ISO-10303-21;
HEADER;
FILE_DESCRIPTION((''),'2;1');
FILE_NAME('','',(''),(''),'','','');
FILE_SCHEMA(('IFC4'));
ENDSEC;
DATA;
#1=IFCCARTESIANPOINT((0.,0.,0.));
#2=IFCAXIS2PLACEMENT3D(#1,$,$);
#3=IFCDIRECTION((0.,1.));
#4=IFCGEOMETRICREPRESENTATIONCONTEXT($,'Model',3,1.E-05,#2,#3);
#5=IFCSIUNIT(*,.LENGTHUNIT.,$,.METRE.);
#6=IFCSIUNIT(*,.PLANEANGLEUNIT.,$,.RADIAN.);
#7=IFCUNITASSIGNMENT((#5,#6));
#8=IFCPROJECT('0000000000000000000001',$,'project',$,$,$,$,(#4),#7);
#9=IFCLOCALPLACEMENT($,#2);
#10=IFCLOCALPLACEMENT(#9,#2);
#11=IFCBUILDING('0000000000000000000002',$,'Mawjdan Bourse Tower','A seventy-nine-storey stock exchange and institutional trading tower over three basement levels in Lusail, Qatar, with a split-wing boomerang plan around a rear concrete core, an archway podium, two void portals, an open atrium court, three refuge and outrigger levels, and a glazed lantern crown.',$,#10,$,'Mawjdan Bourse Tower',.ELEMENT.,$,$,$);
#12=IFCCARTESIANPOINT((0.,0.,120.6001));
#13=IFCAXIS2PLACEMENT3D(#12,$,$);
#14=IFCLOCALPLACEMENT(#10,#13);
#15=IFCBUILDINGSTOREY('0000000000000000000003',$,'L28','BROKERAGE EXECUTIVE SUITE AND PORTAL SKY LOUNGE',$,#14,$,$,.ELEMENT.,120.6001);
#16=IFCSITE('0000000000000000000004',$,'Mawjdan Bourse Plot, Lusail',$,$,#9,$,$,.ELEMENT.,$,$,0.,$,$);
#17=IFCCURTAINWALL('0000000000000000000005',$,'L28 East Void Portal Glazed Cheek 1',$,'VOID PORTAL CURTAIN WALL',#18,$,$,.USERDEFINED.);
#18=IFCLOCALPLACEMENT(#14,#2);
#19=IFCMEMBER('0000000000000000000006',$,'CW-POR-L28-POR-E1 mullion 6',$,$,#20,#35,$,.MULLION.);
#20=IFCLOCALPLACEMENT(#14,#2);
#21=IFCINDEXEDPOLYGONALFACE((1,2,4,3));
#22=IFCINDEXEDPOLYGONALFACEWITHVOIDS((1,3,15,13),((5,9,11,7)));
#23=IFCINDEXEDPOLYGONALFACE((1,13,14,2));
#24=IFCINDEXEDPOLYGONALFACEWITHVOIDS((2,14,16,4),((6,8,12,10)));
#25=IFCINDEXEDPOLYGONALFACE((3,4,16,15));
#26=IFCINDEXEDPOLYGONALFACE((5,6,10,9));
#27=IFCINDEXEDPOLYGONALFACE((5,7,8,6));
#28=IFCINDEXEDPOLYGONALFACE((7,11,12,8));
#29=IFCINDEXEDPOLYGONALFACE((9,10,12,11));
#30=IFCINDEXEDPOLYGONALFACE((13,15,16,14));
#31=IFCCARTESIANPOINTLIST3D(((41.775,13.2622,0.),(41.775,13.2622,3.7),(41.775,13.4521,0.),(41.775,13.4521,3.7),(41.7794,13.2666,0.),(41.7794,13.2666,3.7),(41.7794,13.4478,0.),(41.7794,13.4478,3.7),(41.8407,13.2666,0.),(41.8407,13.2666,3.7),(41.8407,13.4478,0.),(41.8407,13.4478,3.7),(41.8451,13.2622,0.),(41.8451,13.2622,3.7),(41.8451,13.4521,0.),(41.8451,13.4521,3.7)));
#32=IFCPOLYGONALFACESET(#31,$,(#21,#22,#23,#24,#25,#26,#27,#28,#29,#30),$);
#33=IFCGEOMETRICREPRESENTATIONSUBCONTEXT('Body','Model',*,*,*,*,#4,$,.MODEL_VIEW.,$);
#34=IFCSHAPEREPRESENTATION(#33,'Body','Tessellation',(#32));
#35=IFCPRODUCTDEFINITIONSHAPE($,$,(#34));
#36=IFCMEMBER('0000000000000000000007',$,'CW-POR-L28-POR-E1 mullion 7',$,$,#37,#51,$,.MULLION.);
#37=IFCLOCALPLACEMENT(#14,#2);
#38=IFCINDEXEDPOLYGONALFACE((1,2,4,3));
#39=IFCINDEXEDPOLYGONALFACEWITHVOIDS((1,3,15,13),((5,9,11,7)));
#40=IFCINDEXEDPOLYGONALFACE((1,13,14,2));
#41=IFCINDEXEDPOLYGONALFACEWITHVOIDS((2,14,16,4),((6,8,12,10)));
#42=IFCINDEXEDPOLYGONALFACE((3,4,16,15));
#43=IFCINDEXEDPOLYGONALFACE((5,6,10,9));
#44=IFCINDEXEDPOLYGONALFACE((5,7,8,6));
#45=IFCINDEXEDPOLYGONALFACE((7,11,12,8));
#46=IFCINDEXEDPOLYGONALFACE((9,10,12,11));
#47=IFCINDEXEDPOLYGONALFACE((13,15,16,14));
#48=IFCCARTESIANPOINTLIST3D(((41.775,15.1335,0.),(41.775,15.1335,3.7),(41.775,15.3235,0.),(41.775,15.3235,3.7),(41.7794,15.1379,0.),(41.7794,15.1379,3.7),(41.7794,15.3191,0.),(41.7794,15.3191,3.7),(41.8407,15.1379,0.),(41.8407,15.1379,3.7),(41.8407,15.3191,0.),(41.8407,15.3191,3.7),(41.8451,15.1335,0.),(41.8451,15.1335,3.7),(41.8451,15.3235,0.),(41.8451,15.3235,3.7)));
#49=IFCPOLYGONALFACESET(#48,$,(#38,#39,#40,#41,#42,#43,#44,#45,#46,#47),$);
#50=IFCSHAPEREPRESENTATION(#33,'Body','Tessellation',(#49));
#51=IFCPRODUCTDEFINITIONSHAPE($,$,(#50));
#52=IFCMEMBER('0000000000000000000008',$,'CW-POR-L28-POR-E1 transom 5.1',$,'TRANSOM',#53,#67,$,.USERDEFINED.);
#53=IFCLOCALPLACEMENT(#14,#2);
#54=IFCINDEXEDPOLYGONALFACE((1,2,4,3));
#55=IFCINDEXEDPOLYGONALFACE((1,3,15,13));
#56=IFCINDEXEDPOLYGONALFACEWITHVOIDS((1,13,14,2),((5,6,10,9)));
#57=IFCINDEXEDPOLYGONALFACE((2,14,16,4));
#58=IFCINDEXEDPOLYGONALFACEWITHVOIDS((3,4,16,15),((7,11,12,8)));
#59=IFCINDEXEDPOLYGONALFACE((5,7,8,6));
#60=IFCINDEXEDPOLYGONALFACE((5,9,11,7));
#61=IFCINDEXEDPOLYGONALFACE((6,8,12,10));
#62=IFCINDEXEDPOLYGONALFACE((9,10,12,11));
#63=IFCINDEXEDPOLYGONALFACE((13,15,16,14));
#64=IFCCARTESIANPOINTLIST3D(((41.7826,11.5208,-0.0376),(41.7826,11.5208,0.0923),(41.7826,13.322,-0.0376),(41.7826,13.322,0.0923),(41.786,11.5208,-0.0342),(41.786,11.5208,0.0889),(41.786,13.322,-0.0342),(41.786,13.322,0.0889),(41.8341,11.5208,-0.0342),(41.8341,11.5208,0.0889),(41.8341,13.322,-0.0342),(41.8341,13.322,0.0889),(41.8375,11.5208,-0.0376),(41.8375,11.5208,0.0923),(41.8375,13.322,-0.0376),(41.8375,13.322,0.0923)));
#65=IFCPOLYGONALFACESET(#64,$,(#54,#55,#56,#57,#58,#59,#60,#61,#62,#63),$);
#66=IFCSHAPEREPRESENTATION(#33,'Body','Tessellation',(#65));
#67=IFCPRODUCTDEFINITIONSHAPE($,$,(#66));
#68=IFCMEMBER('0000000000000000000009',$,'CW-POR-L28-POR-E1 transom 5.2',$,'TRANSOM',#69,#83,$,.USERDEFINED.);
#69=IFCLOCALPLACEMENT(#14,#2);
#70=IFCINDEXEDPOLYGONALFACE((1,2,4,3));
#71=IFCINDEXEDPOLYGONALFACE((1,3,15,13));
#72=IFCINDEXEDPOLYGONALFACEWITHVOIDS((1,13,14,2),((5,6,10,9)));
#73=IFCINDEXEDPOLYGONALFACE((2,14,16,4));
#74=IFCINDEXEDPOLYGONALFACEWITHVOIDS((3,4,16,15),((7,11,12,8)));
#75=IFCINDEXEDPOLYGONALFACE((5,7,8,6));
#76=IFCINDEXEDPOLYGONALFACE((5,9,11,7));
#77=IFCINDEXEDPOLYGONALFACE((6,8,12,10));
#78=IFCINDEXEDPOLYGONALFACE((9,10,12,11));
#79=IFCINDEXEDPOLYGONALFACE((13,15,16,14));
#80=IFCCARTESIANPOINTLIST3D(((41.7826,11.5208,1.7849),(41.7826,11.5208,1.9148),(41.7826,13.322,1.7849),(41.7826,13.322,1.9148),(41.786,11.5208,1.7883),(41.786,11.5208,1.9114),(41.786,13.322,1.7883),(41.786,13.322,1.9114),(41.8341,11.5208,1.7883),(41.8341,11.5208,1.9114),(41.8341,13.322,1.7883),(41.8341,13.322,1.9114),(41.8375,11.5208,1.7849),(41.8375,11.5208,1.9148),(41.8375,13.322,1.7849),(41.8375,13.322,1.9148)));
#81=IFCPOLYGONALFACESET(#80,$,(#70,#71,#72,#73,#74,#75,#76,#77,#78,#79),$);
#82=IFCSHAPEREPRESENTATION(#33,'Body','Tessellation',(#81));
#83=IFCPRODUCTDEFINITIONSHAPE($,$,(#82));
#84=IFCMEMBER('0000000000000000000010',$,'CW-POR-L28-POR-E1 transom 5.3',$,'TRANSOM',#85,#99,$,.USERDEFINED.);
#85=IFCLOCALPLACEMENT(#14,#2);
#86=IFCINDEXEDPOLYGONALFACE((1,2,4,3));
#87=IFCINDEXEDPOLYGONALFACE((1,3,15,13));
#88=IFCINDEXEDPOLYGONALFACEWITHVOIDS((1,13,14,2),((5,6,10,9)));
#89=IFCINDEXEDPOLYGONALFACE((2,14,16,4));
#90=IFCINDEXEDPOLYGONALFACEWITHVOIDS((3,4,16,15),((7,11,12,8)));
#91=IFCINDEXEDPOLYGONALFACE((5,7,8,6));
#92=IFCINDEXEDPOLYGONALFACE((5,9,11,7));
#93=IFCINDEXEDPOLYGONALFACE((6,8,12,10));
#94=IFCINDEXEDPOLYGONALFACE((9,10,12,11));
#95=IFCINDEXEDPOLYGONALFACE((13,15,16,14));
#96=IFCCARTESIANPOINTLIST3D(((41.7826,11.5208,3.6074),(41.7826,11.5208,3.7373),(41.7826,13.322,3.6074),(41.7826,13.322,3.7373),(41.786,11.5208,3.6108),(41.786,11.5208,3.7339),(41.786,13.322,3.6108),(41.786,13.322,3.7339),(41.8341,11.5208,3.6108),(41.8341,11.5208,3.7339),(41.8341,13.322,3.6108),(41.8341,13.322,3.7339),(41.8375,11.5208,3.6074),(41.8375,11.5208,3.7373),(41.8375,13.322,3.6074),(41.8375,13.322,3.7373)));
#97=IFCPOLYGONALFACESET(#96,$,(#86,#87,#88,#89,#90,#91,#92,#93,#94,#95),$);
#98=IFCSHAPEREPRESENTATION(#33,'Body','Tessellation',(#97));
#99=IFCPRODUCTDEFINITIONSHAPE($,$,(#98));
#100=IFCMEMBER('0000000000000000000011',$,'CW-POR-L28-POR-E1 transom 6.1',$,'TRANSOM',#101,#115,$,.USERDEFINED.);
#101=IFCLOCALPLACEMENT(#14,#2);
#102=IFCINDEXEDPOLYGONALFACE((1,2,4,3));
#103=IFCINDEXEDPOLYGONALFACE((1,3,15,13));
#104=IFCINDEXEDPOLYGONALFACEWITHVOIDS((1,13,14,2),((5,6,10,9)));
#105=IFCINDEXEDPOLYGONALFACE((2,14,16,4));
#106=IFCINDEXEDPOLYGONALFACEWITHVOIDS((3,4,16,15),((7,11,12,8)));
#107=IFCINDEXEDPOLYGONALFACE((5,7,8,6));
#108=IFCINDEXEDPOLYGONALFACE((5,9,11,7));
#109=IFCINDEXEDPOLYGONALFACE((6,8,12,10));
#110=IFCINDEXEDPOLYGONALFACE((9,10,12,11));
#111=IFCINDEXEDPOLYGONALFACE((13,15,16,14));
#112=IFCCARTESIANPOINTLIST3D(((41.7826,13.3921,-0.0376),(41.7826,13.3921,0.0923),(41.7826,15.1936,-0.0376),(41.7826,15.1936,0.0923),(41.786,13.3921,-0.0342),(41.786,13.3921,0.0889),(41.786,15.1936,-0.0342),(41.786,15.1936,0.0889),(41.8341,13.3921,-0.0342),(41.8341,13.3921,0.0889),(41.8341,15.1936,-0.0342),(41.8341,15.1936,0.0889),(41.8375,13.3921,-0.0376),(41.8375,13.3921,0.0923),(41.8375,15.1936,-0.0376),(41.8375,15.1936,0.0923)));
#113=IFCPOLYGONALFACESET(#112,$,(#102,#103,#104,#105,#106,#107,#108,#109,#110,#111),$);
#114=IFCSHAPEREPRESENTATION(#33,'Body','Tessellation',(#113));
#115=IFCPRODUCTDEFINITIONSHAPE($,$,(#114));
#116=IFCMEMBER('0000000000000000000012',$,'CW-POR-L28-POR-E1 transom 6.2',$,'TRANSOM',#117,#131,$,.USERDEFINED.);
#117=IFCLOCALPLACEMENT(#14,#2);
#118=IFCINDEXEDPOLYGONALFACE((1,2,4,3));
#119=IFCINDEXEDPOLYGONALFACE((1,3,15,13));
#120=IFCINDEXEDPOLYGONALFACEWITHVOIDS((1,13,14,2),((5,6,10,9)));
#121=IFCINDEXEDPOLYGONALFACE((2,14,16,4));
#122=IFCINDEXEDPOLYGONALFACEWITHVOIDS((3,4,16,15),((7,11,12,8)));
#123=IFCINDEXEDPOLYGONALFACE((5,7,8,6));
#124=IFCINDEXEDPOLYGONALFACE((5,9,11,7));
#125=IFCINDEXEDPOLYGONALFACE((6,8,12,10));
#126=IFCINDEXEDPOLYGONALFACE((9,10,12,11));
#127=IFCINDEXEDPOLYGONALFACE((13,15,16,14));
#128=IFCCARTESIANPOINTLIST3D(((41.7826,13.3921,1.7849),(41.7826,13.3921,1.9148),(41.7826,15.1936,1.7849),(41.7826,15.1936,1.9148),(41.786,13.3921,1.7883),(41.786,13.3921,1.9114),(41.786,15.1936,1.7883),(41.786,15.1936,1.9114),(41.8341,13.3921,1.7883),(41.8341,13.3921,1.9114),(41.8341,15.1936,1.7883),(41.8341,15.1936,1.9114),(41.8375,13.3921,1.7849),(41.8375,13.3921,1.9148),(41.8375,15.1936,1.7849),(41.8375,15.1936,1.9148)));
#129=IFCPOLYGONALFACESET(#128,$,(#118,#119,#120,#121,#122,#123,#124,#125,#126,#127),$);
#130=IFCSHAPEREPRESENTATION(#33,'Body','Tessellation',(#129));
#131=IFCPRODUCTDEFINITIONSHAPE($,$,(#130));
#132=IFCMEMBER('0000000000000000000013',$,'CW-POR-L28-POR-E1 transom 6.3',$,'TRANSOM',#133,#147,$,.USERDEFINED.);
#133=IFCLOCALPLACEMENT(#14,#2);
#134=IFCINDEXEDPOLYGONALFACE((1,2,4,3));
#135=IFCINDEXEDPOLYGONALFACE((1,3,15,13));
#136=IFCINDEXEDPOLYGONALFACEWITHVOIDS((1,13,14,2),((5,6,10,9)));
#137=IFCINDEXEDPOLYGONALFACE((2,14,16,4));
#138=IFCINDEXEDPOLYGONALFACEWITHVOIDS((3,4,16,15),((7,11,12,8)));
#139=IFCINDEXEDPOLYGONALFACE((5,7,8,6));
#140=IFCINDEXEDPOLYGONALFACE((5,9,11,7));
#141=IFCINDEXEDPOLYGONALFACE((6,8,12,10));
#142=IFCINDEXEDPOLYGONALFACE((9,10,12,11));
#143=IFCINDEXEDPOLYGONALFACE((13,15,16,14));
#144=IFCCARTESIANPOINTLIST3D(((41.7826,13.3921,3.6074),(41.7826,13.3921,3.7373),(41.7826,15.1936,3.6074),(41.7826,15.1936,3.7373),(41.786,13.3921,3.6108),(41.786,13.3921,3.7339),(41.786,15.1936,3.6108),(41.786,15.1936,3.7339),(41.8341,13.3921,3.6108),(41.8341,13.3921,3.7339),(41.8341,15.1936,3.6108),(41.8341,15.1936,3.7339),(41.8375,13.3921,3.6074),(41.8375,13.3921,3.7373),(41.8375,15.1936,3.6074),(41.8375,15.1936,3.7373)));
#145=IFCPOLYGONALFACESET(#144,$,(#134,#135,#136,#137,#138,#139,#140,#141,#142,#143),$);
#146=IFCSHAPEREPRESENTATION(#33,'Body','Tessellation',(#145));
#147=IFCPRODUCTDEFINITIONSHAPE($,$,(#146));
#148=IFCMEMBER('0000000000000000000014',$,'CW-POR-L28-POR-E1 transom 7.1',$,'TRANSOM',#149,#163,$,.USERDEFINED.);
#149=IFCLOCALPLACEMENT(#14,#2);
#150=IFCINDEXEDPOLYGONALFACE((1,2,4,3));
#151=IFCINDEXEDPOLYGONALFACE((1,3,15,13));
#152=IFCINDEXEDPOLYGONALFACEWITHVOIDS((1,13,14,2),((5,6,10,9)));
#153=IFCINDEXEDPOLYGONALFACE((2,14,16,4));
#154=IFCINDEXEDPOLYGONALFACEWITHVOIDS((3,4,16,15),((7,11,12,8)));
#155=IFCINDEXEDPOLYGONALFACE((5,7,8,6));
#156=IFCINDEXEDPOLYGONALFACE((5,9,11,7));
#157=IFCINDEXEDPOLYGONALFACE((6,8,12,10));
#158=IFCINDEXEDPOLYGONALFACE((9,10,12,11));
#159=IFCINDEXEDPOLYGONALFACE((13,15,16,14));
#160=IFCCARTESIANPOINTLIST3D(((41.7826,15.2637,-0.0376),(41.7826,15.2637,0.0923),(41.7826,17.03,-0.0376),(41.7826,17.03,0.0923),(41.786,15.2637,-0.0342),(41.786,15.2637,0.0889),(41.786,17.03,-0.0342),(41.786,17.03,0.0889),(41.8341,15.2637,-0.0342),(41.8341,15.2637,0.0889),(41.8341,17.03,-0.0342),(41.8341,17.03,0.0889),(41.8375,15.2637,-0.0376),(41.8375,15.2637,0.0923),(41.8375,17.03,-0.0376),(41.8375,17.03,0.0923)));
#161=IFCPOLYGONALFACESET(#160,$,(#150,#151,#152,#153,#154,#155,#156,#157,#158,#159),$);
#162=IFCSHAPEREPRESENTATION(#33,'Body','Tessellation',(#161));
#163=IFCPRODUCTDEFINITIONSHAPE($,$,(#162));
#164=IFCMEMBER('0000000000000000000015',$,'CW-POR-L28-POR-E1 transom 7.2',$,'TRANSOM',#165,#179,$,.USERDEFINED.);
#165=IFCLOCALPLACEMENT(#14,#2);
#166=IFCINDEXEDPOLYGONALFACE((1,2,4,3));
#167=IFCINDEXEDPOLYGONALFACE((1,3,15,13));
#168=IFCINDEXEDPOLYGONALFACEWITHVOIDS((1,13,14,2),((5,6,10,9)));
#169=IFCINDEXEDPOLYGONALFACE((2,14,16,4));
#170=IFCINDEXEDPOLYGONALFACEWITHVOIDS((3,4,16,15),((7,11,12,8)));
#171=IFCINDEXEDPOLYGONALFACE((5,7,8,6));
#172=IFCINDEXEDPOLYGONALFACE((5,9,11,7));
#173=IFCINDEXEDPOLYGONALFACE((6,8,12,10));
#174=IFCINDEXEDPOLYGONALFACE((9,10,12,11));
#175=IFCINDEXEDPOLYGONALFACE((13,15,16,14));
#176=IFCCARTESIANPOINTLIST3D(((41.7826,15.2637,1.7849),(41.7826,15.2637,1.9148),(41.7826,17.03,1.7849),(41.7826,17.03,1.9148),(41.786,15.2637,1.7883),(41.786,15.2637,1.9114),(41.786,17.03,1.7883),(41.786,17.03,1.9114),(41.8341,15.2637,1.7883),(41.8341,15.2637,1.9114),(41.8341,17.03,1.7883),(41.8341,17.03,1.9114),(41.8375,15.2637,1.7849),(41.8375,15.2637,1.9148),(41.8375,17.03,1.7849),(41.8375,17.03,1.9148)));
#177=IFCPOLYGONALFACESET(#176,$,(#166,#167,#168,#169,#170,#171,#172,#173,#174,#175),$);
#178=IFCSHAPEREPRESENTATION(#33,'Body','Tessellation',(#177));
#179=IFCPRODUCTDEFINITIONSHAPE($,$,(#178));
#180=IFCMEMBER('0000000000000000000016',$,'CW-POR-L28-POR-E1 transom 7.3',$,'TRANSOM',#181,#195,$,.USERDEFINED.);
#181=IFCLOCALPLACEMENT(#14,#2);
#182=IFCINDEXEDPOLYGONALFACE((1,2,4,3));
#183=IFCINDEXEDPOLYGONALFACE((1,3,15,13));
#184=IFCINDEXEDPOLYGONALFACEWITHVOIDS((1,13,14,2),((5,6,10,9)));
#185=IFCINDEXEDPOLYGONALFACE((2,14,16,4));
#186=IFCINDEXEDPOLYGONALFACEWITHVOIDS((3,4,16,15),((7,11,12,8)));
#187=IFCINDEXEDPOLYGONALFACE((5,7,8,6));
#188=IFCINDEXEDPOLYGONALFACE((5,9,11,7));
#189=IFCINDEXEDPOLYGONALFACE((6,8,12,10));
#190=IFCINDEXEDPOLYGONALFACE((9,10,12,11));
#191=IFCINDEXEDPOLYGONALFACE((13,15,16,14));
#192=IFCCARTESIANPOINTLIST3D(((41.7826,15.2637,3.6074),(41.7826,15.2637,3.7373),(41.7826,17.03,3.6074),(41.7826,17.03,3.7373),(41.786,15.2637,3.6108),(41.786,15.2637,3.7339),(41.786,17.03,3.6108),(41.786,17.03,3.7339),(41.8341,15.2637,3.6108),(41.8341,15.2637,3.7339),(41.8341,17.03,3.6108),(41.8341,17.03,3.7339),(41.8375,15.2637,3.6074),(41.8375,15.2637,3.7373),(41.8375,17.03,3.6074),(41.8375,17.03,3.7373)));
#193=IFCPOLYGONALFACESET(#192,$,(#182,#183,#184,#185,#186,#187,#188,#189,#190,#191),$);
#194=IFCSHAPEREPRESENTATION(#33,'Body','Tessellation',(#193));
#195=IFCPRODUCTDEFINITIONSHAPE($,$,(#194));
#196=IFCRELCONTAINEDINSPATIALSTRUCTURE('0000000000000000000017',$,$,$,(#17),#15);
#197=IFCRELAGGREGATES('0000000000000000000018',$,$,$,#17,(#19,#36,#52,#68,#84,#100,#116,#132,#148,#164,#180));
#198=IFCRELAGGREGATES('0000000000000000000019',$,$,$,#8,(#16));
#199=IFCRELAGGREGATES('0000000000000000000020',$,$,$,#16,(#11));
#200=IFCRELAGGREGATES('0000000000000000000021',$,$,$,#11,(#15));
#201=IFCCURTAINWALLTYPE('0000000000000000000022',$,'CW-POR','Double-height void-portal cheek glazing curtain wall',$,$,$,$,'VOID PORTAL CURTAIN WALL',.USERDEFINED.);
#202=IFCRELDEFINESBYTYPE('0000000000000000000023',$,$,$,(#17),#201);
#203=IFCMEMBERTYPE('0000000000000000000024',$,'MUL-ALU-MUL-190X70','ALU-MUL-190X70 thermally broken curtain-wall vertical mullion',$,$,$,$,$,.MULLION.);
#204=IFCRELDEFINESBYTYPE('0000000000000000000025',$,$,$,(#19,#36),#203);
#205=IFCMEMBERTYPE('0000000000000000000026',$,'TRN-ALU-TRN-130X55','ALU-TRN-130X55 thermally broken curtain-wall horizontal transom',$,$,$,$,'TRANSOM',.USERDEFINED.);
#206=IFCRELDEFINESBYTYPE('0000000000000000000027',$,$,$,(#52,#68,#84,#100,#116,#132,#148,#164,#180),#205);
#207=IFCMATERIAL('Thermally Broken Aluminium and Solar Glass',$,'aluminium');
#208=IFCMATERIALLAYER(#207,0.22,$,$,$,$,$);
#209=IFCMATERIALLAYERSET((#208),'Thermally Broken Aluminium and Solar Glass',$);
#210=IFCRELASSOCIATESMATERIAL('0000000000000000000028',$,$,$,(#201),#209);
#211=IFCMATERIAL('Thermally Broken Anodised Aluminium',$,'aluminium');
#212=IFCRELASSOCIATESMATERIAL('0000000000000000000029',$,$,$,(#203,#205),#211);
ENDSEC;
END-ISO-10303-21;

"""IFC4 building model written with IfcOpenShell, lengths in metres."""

from ifc_helpers import new_model, si_unit, direction, frame, origin, origin_2d, place, context, subcontext, project, spatial, hollow_rectangle, extrude, material, layer, layer_set, material_profile, profile_set, type_object, element, aggregate, save


model = new_model("IFC4")

# Units and contexts
model_context = context("Model", 3, precision=1e-05, world=origin(), true_north=direction((0.0, 1.0)))
body_context = subcontext(model_context, "Body", "Model", "MODEL_VIEW")
ifc_project = project(units=[si_unit("LENGTHUNIT", "METRE"), si_unit("PLANEANGLEUNIT", "RADIAN")], contexts=[model_context])

# Site, building, storey
site_placement = place(None, origin())
site = spatial("IfcSite", under=ifc_project, at=site_placement, Name="Mawjdan Bourse Plot, Lusail", CompositionType="ELEMENT", RefElevation=0.0)
building_placement = place(site_placement, origin())
building = spatial("IfcBuilding", under=site, at=building_placement, Name="Mawjdan Bourse Tower", Description="A seventy-nine-storey stock exchange and institutional trading tower over three basement levels in Lusail, Qatar, with a split-wing boomerang plan around a rear concrete core, an archway podium, two void portals, an open atrium court, three refuge and outrigger levels, and a glazed lantern crown.", LongName="Mawjdan Bourse Tower", CompositionType="ELEMENT")
storey_placement = place(building_placement, frame((0.0, 0.0, 120.6001)))
storey = spatial("IfcBuildingStorey", under=building, at=storey_placement, Name="L28", Description="BROKERAGE EXECUTIVE SUITE AND PORTAL SKY LOUNGE", CompositionType="ELEMENT", Elevation=120.6001)

# Curtain wall, members
ifc_material_1 = material(Name="Thermally Broken Aluminium and Solar Glass", Category="aluminium")
ifc_layer_1 = layer(ifc_material_1, 0.22)
ifc_layer_set_1 = layer_set([ifc_layer_1], Name="Thermally Broken Aluminium and Solar Glass")
curtain_wall_type = type_object("IfcCurtainWallType", Name="CW-POR", Description="Double-height void-portal cheek glazing curtain wall", ElementType="VOID PORTAL CURTAIN WALL", PredefinedType="USERDEFINED", material=ifc_layer_set_1)
curtain_wall_placement = place(storey_placement, origin())
curtain_wall = element("IfcCurtainWall", 1, at=curtain_wall_placement, inside=storey, type_object=curtain_wall_type, Name="L28 East Void Portal Glazed Cheek 1", ObjectType="VOID PORTAL CURTAIN WALL", PredefinedType="USERDEFINED")
ifc_material_2 = material(Name="Thermally Broken Anodised Aluminium", Category="aluminium")
ifc_material_profile_1 = material_profile(ifc_material_2, hollow_rectangle(XDim=0.0701, YDim=0.1899, WallThickness=0.0044, at=origin_2d()), Name="ALU-MUL-190X70")
ifc_profile_set_1 = profile_set([ifc_material_profile_1], Name="Thermally Broken Anodised Aluminium")
member_type_1 = type_object("IfcMemberType", Name="MUL-ALU-MUL-190X70", Description="ALU-MUL-190X70 thermally broken curtain-wall vertical mullion", PredefinedType="MULLION", material=ifc_profile_set_1)
member_1_placement = place(storey_placement, frame((41.8101, 13.3572, 0.0), z_axis=(0.0, 0.0, 1.0), x_axis=(-1.0, 0.0, 0.0)))
member_1 = element("IfcMember", 2, at=member_1_placement, type_object=member_type_1, Name="CW-POR-L28-POR-E1 mullion 6", PredefinedType="MULLION", context=body_context, shape_type="SweptSolid", body=[
    extrude(hollow_rectangle(XDim=0.0701, YDim=0.1899, WallThickness=0.0044, at=origin_2d()), origin(), (0.0, 0.0, 1.0), 3.7),
])
member_2_placement = place(storey_placement, frame((41.8101, 15.2285, 0.0), z_axis=(0.0, 0.0, 1.0), x_axis=(-1.0, 0.0, 0.0)))
member_2 = element("IfcMember", 3, at=member_2_placement, type_object=member_type_1, Name="CW-POR-L28-POR-E1 mullion 7", PredefinedType="MULLION", context=body_context, shape_type="SweptSolid", body=[
    extrude(hollow_rectangle(XDim=0.0701, YDim=0.1899, WallThickness=0.0044, at=origin_2d()), origin(), (0.0, 0.0, 1.0), 3.7),
])
ifc_material_profile_2 = material_profile(ifc_material_2, hollow_rectangle(XDim=0.0549, YDim=0.1299, WallThickness=0.0034, at=origin_2d()), Name="ALU-TRN-130X55")
ifc_profile_set_2 = profile_set([ifc_material_profile_2], Name="Thermally Broken Anodised Aluminium")
member_type_2 = type_object("IfcMemberType", Name="TRN-ALU-TRN-130X55", Description="ALU-TRN-130X55 thermally broken curtain-wall horizontal transom", ElementType="TRANSOM", PredefinedType="USERDEFINED", material=ifc_profile_set_2)
member_3_placement = place(storey_placement, frame((41.8101, 11.5208, 0.0273), z_axis=(0.0, 1.0, 0.0), x_axis=(-1.0, 0.0, 0.0)))
member_3 = element("IfcMember", 4, at=member_3_placement, type_object=member_type_2, Name="CW-POR-L28-POR-E1 transom 5.1", ObjectType="TRANSOM", PredefinedType="USERDEFINED", context=body_context, shape_type="SweptSolid", body=[
    extrude(hollow_rectangle(XDim=0.0549, YDim=0.1299, WallThickness=0.0034, at=origin_2d()), origin(), (0.0, 0.0, 1.0), 1.8013),
])
member_4_placement = place(storey_placement, frame((41.8101, 11.5208, 1.8499), z_axis=(0.0, 1.0, 0.0), x_axis=(-1.0, 0.0, 0.0)))
member_4 = element("IfcMember", 5, at=member_4_placement, type_object=member_type_2, Name="CW-POR-L28-POR-E1 transom 5.2", ObjectType="TRANSOM", PredefinedType="USERDEFINED", context=body_context, shape_type="SweptSolid", body=[
    extrude(hollow_rectangle(XDim=0.0549, YDim=0.1299, WallThickness=0.0034, at=origin_2d()), origin(), (0.0, 0.0, 1.0), 1.8013),
])
member_5_placement = place(storey_placement, frame((41.8101, 11.5208, 3.6724), z_axis=(0.0, 1.0, 0.0), x_axis=(-1.0, 0.0, 0.0)))
member_5 = element("IfcMember", 6, at=member_5_placement, type_object=member_type_2, Name="CW-POR-L28-POR-E1 transom 5.3", ObjectType="TRANSOM", PredefinedType="USERDEFINED", context=body_context, shape_type="SweptSolid", body=[
    extrude(hollow_rectangle(XDim=0.0549, YDim=0.1299, WallThickness=0.0034, at=origin_2d()), origin(), (0.0, 0.0, 1.0), 1.8013),
])
member_6_placement = place(storey_placement, frame((41.8101, 13.3921, 0.0273), z_axis=(0.0, 1.0, 0.0), x_axis=(-1.0, 0.0, 0.0)))
member_6 = element("IfcMember", 7, at=member_6_placement, type_object=member_type_2, Name="CW-POR-L28-POR-E1 transom 6.1", ObjectType="TRANSOM", PredefinedType="USERDEFINED", context=body_context, shape_type="SweptSolid", body=[
    extrude(hollow_rectangle(XDim=0.0549, YDim=0.1299, WallThickness=0.0034, at=origin_2d()), origin(), (0.0, 0.0, 1.0), 1.8015),
])
member_7_placement = place(storey_placement, frame((41.8101, 13.3921, 1.8499), z_axis=(0.0, 1.0, 0.0), x_axis=(-1.0, 0.0, 0.0)))
member_7 = element("IfcMember", 8, at=member_7_placement, type_object=member_type_2, Name="CW-POR-L28-POR-E1 transom 6.2", ObjectType="TRANSOM", PredefinedType="USERDEFINED", context=body_context, shape_type="SweptSolid", body=[
    extrude(hollow_rectangle(XDim=0.0549, YDim=0.1299, WallThickness=0.0034, at=origin_2d()), origin(), (0.0, 0.0, 1.0), 1.8015),
])
member_8_placement = place(storey_placement, frame((41.8101, 13.3921, 3.6724), z_axis=(0.0, 1.0, 0.0), x_axis=(-1.0, 0.0, 0.0)))
member_8 = element("IfcMember", 9, at=member_8_placement, type_object=member_type_2, Name="CW-POR-L28-POR-E1 transom 6.3", ObjectType="TRANSOM", PredefinedType="USERDEFINED", context=body_context, shape_type="SweptSolid", body=[
    extrude(hollow_rectangle(XDim=0.0549, YDim=0.1299, WallThickness=0.0034, at=origin_2d()), origin(), (0.0, 0.0, 1.0), 1.8015),
])
member_9_placement = place(storey_placement, frame((41.8101, 15.2637, 0.0273), z_axis=(0.0, 1.0, 0.0), x_axis=(-1.0, 0.0, 0.0)))
member_9 = element("IfcMember", 10, at=member_9_placement, type_object=member_type_2, Name="CW-POR-L28-POR-E1 transom 7.1", ObjectType="TRANSOM", PredefinedType="USERDEFINED", context=body_context, shape_type="SweptSolid", body=[
    extrude(hollow_rectangle(XDim=0.0549, YDim=0.1299, WallThickness=0.0034, at=origin_2d()), origin(), (0.0, 0.0, 1.0), 1.7664),
])
member_10_placement = place(storey_placement, frame((41.8101, 15.2637, 1.8499), z_axis=(0.0, 1.0, 0.0), x_axis=(-1.0, 0.0, 0.0)))
member_10 = element("IfcMember", 11, at=member_10_placement, type_object=member_type_2, Name="CW-POR-L28-POR-E1 transom 7.2", ObjectType="TRANSOM", PredefinedType="USERDEFINED", context=body_context, shape_type="SweptSolid", body=[
    extrude(hollow_rectangle(XDim=0.0549, YDim=0.1299, WallThickness=0.0034, at=origin_2d()), origin(), (0.0, 0.0, 1.0), 1.7664),
])
member_11_placement = place(storey_placement, frame((41.8101, 15.2637, 3.6724), z_axis=(0.0, 1.0, 0.0), x_axis=(-1.0, 0.0, 0.0)))
member_11 = element("IfcMember", 12, at=member_11_placement, type_object=member_type_2, Name="CW-POR-L28-POR-E1 transom 7.3", ObjectType="TRANSOM", PredefinedType="USERDEFINED", context=body_context, shape_type="SweptSolid", body=[
    extrude(hollow_rectangle(XDim=0.0549, YDim=0.1299, WallThickness=0.0034, at=origin_2d()), origin(), (0.0, 0.0, 1.0), 1.7664),
])
aggregate(curtain_wall, [member_1, member_2, member_3, member_4, member_5, member_6, member_7, member_8, member_9, member_10, member_11])

save(model, "model.ifc")
